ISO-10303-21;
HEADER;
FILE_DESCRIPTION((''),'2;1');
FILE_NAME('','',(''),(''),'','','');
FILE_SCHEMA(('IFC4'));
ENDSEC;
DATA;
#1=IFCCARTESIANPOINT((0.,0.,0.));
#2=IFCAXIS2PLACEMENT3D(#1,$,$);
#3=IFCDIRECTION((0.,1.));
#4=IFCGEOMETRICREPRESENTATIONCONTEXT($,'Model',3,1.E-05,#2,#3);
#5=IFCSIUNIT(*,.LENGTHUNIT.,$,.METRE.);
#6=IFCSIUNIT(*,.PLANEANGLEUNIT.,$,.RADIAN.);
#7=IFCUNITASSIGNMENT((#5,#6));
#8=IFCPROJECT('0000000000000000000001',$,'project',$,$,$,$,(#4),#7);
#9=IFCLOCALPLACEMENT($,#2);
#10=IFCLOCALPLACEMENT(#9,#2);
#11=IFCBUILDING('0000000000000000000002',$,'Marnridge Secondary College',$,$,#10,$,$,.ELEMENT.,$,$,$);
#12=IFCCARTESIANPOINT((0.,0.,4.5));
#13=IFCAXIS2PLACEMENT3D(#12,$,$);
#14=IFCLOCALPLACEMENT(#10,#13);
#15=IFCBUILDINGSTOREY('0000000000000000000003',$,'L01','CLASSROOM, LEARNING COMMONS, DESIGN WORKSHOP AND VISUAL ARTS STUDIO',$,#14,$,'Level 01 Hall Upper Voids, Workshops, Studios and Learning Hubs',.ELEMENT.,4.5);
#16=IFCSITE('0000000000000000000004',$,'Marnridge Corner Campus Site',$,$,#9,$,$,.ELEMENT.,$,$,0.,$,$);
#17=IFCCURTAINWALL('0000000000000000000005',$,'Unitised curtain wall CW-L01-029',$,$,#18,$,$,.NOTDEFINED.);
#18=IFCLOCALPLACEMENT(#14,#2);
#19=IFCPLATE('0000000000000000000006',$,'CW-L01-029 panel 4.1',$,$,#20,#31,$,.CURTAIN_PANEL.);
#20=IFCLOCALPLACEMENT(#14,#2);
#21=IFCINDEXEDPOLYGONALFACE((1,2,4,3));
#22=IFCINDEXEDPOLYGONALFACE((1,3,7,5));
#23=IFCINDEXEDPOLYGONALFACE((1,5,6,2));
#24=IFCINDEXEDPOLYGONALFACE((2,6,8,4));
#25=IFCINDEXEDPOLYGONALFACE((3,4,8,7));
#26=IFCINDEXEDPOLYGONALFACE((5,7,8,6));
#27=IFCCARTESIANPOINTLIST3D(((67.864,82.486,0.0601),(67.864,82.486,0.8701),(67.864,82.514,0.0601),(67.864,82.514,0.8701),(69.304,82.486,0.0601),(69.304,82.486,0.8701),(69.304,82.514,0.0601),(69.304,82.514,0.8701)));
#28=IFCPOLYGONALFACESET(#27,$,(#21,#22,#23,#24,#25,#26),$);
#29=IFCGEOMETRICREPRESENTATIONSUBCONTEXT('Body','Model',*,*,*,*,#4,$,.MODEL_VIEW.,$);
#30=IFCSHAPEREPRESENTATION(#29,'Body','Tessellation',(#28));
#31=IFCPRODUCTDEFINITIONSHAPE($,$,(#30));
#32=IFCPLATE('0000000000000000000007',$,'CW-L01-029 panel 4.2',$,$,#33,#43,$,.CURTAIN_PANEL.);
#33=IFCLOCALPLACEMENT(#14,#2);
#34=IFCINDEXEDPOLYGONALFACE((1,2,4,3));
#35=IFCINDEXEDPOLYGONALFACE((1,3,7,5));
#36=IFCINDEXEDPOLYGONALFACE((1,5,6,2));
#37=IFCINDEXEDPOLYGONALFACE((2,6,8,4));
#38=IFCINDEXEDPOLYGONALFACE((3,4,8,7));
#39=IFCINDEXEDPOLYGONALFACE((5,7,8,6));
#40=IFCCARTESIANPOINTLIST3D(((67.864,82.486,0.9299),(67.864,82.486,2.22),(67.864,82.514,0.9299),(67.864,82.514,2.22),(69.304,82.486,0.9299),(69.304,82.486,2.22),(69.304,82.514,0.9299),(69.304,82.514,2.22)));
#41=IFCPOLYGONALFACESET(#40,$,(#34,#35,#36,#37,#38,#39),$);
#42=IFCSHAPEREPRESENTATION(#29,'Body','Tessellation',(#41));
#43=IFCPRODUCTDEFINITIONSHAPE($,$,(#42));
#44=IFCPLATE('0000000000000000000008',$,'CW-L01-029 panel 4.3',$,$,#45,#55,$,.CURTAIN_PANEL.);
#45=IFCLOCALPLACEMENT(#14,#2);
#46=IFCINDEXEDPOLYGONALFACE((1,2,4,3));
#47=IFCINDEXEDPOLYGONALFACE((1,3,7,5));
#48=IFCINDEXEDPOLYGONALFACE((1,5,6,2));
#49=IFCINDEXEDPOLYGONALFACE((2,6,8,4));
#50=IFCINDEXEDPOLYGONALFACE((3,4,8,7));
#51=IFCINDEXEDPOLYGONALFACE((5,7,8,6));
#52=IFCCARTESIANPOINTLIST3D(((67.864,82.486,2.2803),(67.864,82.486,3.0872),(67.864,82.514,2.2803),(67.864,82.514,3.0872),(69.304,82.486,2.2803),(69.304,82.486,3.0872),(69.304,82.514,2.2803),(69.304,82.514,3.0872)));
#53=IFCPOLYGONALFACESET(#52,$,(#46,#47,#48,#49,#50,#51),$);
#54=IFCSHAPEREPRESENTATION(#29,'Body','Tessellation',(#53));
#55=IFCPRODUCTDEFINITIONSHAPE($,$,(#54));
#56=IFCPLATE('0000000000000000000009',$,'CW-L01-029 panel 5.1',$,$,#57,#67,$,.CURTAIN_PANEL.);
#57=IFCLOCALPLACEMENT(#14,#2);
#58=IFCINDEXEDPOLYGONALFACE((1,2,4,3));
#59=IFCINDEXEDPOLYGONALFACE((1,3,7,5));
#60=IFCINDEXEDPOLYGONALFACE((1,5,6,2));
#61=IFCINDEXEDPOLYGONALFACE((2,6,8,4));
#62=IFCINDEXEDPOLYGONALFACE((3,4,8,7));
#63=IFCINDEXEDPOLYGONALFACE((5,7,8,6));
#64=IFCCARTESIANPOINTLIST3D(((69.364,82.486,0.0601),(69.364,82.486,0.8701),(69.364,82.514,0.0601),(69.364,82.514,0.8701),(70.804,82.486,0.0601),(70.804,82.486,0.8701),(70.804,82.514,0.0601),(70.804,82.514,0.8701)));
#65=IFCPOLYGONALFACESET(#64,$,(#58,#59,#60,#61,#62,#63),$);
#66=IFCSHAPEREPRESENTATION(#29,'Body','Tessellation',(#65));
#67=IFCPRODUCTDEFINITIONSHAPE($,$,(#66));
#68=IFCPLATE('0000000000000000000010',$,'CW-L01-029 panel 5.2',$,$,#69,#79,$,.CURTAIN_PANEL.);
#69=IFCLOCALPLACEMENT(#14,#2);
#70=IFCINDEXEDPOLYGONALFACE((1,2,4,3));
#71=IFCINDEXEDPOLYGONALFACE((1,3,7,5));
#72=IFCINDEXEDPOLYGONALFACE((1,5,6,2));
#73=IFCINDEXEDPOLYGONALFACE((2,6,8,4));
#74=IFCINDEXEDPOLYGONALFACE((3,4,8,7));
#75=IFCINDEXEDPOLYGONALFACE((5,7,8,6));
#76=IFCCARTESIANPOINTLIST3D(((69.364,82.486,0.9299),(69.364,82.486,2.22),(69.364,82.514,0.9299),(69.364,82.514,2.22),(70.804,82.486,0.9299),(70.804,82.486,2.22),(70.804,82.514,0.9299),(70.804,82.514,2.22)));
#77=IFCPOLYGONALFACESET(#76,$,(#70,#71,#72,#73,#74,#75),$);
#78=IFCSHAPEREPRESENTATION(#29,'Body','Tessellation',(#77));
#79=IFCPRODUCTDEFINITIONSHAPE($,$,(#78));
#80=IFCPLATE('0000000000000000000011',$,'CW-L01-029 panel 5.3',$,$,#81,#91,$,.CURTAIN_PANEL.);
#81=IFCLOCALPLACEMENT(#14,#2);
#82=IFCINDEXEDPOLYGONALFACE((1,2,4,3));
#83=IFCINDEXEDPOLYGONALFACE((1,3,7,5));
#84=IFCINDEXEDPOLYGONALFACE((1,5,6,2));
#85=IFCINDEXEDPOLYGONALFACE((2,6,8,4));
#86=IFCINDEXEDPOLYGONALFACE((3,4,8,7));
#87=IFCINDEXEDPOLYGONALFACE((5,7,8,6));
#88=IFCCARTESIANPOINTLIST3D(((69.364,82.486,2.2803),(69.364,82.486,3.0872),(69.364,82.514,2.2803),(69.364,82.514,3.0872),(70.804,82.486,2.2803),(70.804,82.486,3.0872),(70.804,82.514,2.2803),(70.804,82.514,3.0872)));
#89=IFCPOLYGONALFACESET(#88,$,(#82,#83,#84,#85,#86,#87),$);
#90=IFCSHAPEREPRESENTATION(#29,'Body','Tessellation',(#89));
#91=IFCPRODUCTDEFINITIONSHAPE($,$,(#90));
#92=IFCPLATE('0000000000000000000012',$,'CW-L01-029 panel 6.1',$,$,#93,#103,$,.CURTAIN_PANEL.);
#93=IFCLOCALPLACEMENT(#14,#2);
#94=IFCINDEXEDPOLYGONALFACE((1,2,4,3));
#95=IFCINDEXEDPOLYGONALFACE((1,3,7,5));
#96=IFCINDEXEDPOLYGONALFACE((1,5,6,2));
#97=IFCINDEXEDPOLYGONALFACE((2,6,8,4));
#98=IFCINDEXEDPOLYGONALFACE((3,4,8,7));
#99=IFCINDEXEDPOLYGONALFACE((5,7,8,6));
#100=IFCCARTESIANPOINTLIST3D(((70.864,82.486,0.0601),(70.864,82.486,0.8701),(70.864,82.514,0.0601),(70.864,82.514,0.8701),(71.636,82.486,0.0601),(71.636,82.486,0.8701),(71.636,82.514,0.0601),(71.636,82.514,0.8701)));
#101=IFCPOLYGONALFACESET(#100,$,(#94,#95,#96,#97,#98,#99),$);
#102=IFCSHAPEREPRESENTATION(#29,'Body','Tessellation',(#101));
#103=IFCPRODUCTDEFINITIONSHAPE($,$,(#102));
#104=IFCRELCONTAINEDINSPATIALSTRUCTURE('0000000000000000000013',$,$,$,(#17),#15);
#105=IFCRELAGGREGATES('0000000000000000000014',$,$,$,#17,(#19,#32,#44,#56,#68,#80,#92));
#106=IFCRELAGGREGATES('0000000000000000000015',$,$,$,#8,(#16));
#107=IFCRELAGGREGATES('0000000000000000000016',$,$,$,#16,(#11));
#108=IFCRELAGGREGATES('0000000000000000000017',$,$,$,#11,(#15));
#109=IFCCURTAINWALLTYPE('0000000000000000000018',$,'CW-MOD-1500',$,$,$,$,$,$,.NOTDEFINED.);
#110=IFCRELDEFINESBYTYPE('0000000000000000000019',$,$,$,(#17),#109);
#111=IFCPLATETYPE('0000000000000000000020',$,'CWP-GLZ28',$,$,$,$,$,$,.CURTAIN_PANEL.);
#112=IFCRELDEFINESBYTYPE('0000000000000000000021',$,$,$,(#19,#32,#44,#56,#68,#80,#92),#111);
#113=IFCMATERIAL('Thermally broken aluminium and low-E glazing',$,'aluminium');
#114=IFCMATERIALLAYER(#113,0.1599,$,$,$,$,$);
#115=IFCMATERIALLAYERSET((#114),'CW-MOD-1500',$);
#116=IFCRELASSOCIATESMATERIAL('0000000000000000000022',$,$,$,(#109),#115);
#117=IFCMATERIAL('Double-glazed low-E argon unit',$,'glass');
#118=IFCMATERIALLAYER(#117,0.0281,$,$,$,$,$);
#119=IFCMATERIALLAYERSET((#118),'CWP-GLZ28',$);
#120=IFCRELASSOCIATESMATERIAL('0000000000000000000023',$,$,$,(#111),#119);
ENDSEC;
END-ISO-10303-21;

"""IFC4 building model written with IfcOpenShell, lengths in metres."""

from ifc_helpers import new_model, si_unit, direction, frame, origin, origin_2d, place, context, subcontext, project, spatial, rectangle, extrude, material, layer, layer_set, type_object, element, aggregate, save


model = new_model("IFC4")

# Units and contexts
model_context = context("Model", 3, precision=1e-05, world=origin(), true_north=direction((0.0, 1.0)))
body_context = subcontext(model_context, "Body", "Model", "MODEL_VIEW")
ifc_project = project(units=[si_unit("LENGTHUNIT", "METRE"), si_unit("PLANEANGLEUNIT", "RADIAN")], contexts=[model_context])

# Site, building, storey
site_placement = place(None, origin())
site = spatial("IfcSite", under=ifc_project, at=site_placement, Name="Marnridge Corner Campus Site", CompositionType="ELEMENT", RefElevation=0.0)
building_placement = place(site_placement, origin())
building = spatial("IfcBuilding", under=site, at=building_placement, Name="Marnridge Secondary College", CompositionType="ELEMENT")
storey_placement = place(building_placement, frame((0.0, 0.0, 4.5)))
storey = spatial("IfcBuildingStorey", under=building, at=storey_placement, Name="L01", Description="CLASSROOM, LEARNING COMMONS, DESIGN WORKSHOP AND VISUAL ARTS STUDIO", LongName="Level 01 Hall Upper Voids, Workshops, Studios and Learning Hubs", CompositionType="ELEMENT", Elevation=4.5)

# Curtain wall, plates
ifc_material_1 = material(Name="Thermally broken aluminium and low-E glazing", Category="aluminium")
ifc_layer_1 = layer(ifc_material_1, 0.1599)
ifc_layer_set_1 = layer_set([ifc_layer_1], Name="CW-MOD-1500")
curtain_wall_type = type_object("IfcCurtainWallType", Name="CW-MOD-1500", PredefinedType="NOTDEFINED", material=ifc_layer_set_1)
curtain_wall_placement = place(storey_placement, origin())
curtain_wall = element("IfcCurtainWall", 1, at=curtain_wall_placement, inside=storey, type_object=curtain_wall_type, Name="Unitised curtain wall CW-L01-029", PredefinedType="NOTDEFINED")
ifc_material_2 = material(Name="Double-glazed low-E argon unit", Category="glass")
ifc_layer_2 = layer(ifc_material_2, 0.0281)
ifc_layer_set_2 = layer_set([ifc_layer_2], Name="CWP-GLZ28")
plate_type = type_object("IfcPlateType", Name="CWP-GLZ28", PredefinedType="CURTAIN_PANEL", material=ifc_layer_set_2)
plate_1_placement = place(storey_placement, frame((68.584, 82.5, 0.0601), z_axis=(0.0, 0.0, 1.0), x_axis=(1.0, 0.0, 0.0)))
plate_1 = element("IfcPlate", 2, at=plate_1_placement, type_object=plate_type, Name="CW-L01-029 panel 4.1", PredefinedType="CURTAIN_PANEL", context=body_context, shape_type="SweptSolid", body=[
    extrude(rectangle(XDim=1.4399, YDim=0.0281, at=origin_2d()), origin(), (0.0, 0.0, 1.0), 0.8101),
])
plate_2_placement = place(storey_placement, frame((68.584, 82.5, 0.9299), z_axis=(0.0, 0.0, 1.0), x_axis=(1.0, 0.0, 0.0)))
plate_2 = element("IfcPlate", 3, at=plate_2_placement, type_object=plate_type, Name="CW-L01-029 panel 4.2", PredefinedType="CURTAIN_PANEL", context=body_context, shape_type="SweptSolid", body=[
    extrude(rectangle(XDim=1.4399, YDim=0.0281, at=origin_2d()), origin(), (0.0, 0.0, 1.0), 1.29),
])
plate_3_placement = place(storey_placement, frame((68.584, 82.5, 2.2803), z_axis=(0.0, 0.0, 1.0), x_axis=(1.0, 0.0, 0.0)))
plate_3 = element("IfcPlate", 4, at=plate_3_placement, type_object=plate_type, Name="CW-L01-029 panel 4.3", PredefinedType="CURTAIN_PANEL", context=body_context, shape_type="SweptSolid", body=[
    extrude(rectangle(XDim=1.4399, YDim=0.0281, at=origin_2d()), origin(), (0.0, 0.0, 1.0), 0.8069),
])
plate_4_placement = place(storey_placement, frame((70.084, 82.5, 0.0601), z_axis=(0.0, 0.0, 1.0), x_axis=(1.0, 0.0, 0.0)))
plate_4 = element("IfcPlate", 5, at=plate_4_placement, type_object=plate_type, Name="CW-L01-029 panel 5.1", PredefinedType="CURTAIN_PANEL", context=body_context, shape_type="SweptSolid", body=[
    extrude(rectangle(XDim=1.4399, YDim=0.0281, at=origin_2d()), origin(), (0.0, 0.0, 1.0), 0.8101),
])
plate_5_placement = place(storey_placement, frame((70.084, 82.5, 0.9299), z_axis=(0.0, 0.0, 1.0), x_axis=(1.0, 0.0, 0.0)))
plate_5 = element("IfcPlate", 6, at=plate_5_placement, type_object=plate_type, Name="CW-L01-029 panel 5.2", PredefinedType="CURTAIN_PANEL", context=body_context, shape_type="SweptSolid", body=[
    extrude(rectangle(XDim=1.4399, YDim=0.0281, at=origin_2d()), origin(), (0.0, 0.0, 1.0), 1.29),
])
plate_6_placement = place(storey_placement, frame((70.084, 82.5, 2.2803), z_axis=(0.0, 0.0, 1.0), x_axis=(1.0, 0.0, 0.0)))
plate_6 = element("IfcPlate", 7, at=plate_6_placement, type_object=plate_type, Name="CW-L01-029 panel 5.3", PredefinedType="CURTAIN_PANEL", context=body_context, shape_type="SweptSolid", body=[
    extrude(rectangle(XDim=1.4399, YDim=0.0281, at=origin_2d()), origin(), (0.0, 0.0, 1.0), 0.8069),
])
plate_7_placement = place(storey_placement, frame((71.25, 82.5, 0.0601), z_axis=(0.0, 0.0, 1.0), x_axis=(1.0, 0.0, 0.0)))
plate_7 = element("IfcPlate", 8, at=plate_7_placement, type_object=plate_type, Name="CW-L01-029 panel 6.1", PredefinedType="CURTAIN_PANEL", context=body_context, shape_type="SweptSolid", body=[
    extrude(rectangle(XDim=0.772, YDim=0.0281, at=origin_2d()), origin(), (0.0, 0.0, 1.0), 0.8101),
])
aggregate(curtain_wall, [plate_1, plate_2, plate_3, plate_4, plate_5, plate_6, plate_7])

save(model, "model.ifc")
